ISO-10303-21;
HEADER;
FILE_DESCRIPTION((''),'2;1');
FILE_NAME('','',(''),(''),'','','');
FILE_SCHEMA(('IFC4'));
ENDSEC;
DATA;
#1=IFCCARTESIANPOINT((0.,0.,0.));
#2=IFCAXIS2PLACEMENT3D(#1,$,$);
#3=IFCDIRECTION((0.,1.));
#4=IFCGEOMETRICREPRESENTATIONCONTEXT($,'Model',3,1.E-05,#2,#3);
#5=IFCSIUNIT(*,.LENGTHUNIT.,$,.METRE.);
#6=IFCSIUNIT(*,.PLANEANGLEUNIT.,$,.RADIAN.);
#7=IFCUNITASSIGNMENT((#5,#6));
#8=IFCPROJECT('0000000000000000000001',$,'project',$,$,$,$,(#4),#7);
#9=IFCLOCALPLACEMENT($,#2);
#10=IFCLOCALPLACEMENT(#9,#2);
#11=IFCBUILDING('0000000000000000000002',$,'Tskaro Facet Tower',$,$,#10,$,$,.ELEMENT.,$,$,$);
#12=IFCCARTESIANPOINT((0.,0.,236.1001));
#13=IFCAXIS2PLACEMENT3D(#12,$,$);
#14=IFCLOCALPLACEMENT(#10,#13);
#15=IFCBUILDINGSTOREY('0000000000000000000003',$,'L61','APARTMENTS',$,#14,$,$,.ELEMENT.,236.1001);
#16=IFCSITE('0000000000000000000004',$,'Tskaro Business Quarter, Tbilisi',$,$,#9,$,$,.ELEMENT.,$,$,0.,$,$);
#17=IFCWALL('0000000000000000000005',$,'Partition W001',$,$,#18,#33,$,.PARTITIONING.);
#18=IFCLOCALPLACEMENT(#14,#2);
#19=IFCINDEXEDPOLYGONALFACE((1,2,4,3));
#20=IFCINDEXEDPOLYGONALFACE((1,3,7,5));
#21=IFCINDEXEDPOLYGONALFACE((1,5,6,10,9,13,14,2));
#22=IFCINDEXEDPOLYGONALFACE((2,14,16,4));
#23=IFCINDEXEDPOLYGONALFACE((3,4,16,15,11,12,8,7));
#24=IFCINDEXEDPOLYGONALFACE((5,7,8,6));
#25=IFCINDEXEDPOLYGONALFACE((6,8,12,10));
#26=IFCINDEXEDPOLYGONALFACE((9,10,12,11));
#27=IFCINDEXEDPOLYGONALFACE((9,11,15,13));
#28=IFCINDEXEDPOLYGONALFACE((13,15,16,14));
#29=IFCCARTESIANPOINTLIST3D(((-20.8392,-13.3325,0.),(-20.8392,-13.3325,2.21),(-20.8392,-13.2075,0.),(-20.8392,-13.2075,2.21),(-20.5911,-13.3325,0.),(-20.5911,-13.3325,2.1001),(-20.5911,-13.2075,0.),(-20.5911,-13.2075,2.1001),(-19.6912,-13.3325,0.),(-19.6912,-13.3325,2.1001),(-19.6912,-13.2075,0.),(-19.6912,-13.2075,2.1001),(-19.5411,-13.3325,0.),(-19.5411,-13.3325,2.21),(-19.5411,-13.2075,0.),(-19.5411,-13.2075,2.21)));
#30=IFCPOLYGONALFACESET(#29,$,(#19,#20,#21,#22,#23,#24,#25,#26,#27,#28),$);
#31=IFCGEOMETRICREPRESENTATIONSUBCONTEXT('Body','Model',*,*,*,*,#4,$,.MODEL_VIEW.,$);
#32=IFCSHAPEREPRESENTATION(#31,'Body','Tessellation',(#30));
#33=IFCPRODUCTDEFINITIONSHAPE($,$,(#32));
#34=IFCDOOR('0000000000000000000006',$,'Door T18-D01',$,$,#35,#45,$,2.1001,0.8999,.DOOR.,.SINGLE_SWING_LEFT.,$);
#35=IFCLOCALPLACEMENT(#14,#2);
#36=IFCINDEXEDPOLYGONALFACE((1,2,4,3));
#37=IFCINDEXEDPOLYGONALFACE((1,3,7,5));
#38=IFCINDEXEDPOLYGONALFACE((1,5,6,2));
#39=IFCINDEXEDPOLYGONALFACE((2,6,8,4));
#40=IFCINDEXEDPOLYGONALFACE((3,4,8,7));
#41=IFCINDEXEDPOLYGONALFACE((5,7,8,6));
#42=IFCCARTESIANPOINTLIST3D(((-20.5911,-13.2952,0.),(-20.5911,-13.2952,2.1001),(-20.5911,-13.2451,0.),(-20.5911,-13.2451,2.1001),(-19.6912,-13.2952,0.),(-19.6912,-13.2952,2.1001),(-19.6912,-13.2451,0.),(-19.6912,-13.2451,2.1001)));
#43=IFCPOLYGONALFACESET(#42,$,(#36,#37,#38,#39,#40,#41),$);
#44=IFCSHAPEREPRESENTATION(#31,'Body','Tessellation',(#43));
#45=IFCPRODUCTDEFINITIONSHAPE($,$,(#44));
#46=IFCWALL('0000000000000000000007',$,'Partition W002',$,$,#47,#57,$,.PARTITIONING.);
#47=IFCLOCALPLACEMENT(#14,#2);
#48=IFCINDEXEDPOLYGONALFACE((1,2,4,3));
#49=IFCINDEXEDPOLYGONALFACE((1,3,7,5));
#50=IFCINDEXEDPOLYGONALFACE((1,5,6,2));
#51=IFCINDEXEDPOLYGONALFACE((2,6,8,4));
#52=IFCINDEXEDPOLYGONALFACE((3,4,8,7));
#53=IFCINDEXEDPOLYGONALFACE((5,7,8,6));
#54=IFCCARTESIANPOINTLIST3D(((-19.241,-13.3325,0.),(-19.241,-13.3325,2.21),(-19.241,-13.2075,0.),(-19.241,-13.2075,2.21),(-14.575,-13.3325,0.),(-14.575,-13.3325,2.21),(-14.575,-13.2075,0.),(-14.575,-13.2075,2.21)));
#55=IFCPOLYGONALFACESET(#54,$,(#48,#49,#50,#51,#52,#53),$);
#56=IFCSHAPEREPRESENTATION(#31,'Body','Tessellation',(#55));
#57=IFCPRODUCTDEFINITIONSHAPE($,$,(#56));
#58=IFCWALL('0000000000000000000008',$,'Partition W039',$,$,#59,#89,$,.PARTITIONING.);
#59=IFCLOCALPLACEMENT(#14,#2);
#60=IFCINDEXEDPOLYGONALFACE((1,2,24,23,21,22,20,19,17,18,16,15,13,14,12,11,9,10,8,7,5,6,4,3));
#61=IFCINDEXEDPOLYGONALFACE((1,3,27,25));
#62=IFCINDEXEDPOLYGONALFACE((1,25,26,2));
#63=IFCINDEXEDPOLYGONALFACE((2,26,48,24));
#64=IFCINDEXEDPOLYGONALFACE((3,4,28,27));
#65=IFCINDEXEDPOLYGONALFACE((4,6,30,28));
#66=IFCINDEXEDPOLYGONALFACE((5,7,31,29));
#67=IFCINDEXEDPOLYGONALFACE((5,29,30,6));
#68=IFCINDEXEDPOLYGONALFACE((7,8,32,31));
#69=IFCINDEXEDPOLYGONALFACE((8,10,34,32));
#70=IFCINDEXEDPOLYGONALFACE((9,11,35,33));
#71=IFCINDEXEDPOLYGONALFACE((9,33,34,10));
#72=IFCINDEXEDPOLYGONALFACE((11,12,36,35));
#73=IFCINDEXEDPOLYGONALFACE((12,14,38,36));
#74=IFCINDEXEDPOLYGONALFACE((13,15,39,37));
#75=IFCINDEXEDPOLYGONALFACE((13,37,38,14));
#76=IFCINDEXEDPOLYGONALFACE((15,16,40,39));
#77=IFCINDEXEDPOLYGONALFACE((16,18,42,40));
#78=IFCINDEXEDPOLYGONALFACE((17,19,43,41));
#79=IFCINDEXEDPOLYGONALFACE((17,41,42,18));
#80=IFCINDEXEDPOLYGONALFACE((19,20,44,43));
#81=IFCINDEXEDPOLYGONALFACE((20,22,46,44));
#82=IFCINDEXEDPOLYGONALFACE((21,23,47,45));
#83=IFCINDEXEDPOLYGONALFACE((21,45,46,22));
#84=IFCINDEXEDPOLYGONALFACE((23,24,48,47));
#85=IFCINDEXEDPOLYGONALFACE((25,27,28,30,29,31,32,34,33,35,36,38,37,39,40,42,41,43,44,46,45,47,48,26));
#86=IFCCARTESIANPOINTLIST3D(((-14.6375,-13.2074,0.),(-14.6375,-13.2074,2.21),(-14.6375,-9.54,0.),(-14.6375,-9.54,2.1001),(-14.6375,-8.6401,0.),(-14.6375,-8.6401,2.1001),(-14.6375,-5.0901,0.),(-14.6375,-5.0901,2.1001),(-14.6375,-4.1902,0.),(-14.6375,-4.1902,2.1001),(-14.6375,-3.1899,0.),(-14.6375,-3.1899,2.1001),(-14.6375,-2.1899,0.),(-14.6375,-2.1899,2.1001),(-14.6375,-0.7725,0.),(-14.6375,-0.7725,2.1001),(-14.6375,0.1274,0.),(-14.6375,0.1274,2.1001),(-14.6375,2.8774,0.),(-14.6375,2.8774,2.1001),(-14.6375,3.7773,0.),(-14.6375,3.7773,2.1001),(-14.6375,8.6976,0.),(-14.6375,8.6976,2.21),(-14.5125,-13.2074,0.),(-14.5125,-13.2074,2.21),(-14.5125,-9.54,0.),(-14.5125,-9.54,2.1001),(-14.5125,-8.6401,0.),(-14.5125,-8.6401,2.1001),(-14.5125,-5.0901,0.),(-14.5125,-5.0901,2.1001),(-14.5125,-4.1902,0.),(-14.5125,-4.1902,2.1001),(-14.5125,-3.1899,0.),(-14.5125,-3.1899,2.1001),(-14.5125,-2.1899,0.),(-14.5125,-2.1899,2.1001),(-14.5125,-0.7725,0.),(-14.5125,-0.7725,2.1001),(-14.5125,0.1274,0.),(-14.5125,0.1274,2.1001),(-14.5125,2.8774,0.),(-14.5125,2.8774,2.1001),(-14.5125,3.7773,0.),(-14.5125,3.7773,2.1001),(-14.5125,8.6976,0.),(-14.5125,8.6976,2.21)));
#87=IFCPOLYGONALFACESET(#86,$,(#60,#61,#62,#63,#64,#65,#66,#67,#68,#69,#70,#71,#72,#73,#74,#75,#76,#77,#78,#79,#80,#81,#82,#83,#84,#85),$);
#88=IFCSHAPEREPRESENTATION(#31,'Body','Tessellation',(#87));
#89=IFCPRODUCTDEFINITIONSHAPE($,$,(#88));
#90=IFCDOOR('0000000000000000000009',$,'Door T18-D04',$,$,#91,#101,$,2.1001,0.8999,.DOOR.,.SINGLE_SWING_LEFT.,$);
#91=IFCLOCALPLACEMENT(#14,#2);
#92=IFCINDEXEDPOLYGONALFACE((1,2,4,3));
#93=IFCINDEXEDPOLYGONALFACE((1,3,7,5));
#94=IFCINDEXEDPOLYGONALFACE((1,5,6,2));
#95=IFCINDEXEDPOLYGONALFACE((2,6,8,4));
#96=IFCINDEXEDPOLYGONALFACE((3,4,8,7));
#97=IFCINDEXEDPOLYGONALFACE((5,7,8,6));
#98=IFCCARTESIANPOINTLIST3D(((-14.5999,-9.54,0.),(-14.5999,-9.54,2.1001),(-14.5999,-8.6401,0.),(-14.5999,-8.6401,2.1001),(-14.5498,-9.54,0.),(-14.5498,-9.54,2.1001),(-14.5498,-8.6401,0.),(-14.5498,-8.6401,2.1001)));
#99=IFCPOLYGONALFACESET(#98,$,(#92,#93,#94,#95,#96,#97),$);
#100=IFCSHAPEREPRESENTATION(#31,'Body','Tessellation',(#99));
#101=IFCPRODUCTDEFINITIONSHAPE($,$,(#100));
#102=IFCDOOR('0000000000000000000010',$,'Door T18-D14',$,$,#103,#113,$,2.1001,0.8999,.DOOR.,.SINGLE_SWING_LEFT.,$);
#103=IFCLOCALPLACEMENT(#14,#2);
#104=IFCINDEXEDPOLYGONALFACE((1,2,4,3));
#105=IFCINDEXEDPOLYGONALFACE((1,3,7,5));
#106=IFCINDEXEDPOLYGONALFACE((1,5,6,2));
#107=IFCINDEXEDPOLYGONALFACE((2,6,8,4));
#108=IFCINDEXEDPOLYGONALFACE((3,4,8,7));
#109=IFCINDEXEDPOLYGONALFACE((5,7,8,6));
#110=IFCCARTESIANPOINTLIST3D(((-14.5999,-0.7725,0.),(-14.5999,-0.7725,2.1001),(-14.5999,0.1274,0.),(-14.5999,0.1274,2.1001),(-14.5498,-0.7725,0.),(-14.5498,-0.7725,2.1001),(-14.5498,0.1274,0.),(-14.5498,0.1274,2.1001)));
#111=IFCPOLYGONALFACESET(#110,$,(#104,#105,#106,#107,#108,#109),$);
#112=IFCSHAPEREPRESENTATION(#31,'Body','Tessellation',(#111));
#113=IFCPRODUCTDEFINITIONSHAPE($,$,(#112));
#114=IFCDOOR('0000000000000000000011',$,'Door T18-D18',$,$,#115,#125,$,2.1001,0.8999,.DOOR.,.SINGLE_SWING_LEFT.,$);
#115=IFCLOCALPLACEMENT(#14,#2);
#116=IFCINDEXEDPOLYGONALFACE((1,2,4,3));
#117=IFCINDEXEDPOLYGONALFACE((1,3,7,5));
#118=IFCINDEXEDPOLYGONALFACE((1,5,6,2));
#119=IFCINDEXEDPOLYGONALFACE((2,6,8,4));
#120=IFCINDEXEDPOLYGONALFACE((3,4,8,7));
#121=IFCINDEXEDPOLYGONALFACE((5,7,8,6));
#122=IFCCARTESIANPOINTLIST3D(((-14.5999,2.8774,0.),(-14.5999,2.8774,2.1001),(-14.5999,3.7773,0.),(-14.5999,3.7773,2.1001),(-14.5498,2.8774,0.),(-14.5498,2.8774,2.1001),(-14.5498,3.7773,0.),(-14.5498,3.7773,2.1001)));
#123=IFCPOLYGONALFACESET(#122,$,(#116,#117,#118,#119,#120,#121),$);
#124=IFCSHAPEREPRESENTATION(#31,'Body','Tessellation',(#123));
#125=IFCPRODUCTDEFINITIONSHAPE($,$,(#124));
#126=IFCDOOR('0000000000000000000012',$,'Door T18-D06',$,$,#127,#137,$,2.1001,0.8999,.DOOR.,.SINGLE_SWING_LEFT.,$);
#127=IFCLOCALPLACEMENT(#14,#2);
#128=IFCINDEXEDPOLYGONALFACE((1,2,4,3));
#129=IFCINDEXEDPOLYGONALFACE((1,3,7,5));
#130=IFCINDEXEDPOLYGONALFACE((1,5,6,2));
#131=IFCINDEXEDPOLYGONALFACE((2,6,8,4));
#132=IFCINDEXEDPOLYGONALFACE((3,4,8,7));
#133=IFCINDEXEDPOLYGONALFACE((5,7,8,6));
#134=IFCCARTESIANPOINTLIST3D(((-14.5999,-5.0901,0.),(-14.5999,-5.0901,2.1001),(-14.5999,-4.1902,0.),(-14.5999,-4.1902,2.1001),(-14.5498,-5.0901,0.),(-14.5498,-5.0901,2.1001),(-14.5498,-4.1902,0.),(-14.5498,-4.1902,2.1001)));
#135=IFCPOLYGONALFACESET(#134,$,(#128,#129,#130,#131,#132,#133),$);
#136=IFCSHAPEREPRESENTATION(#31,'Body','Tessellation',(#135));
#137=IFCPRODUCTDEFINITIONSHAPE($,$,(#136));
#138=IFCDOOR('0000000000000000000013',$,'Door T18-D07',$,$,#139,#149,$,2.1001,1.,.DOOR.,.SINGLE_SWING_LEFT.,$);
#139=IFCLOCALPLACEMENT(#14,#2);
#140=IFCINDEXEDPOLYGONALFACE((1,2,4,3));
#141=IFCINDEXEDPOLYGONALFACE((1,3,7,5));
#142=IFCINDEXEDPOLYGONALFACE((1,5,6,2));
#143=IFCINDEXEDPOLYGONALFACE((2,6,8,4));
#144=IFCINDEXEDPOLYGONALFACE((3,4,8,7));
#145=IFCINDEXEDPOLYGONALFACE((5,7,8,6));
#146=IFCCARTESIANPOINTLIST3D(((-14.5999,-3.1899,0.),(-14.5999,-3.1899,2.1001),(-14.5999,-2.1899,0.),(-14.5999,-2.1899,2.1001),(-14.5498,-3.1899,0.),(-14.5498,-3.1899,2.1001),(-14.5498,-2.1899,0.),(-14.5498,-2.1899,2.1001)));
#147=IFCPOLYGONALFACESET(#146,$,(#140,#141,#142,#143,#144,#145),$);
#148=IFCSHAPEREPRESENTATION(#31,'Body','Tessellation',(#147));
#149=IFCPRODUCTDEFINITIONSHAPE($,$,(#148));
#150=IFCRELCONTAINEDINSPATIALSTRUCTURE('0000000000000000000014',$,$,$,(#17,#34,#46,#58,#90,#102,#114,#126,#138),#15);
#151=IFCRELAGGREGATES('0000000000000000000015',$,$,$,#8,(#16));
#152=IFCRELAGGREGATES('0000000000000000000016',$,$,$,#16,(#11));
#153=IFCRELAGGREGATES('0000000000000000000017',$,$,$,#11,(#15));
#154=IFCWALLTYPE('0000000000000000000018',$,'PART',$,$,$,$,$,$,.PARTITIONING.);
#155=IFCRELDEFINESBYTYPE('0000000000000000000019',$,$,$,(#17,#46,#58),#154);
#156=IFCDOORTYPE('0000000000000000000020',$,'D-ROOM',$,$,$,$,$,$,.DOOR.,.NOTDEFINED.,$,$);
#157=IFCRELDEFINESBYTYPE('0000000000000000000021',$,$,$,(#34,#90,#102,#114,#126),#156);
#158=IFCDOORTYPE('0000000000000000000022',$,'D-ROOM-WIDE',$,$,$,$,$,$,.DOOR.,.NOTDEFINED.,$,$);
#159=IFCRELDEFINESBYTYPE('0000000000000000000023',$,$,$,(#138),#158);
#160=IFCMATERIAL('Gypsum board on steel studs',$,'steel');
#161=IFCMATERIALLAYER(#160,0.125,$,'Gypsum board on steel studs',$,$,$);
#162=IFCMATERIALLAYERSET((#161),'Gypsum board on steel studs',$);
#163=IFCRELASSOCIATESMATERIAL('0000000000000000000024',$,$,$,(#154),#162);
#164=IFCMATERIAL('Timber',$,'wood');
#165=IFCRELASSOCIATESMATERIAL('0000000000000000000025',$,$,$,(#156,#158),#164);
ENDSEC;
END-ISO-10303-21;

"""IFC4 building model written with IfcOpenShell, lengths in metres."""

from ifc_helpers import new_model, si_unit, direction, frame, frame_2d, origin, place, context, subcontext, project, spatial, rectangle, extrude, material, layer, layer_set, type_object, element, fill, save


model = new_model("IFC4")

# Units and contexts
model_context = context("Model", 3, precision=1e-05, world=origin(), true_north=direction((0.0, 1.0)))
body_context = subcontext(model_context, "Body", "Model", "MODEL_VIEW")
ifc_project = project(units=[si_unit("LENGTHUNIT", "METRE"), si_unit("PLANEANGLEUNIT", "RADIAN")], contexts=[model_context])

# Site, building, storey
site_placement = place(None, origin())
site = spatial("IfcSite", under=ifc_project, at=site_placement, Name="Tskaro Business Quarter, Tbilisi", CompositionType="ELEMENT", RefElevation=0.0)
building_placement = place(site_placement, origin())
building = spatial("IfcBuilding", under=site, at=building_placement, Name="Tskaro Facet Tower", CompositionType="ELEMENT")
storey_placement = place(building_placement, frame((0.0, 0.0, 236.1001)))
storey = spatial("IfcBuildingStorey", under=building, at=storey_placement, Name="L61", Description="APARTMENTS", CompositionType="ELEMENT", Elevation=236.1001)

# Wall, opening, door
ifc_material_1 = material(Name="Gypsum board on steel studs", Category="steel")
ifc_layer_1 = layer(ifc_material_1, 0.125, Name="Gypsum board on steel studs")
ifc_layer_set_1 = layer_set([ifc_layer_1], Name="Gypsum board on steel studs")
wall_type = type_object("IfcWallType", Name="PART", PredefinedType="PARTITIONING", material=ifc_layer_set_1)
wall_1_placement = place(storey_placement, frame((-20.8391, -13.27, 0.0), z_axis=(0.0, 0.0, 1.0), x_axis=(1.0, 0.0, 0.0)))
wall_1 = element("IfcWall", 1, at=wall_1_placement, inside=storey, type_object=wall_type, Name="Partition W001", PredefinedType="PARTITIONING", context=body_context, shape_type="SweptSolid", body=[
    extrude(rectangle(XDim=1.2981, YDim=0.125, at=frame_2d((0.6489, 0.0))), origin(), (0.0, 0.0, 1.0), 2.21),
])
opening_1_placement = place(wall_1_placement, frame((0.248, 0.0, 0.0)))
opening_1 = element("IfcOpeningElement", 2, at=opening_1_placement, cuts=wall_1, PredefinedType="OPENING", context=body_context, shape_type="SweptSolid", body=[
    extrude(rectangle(XDim=0.8999, YDim=2.1001, at=frame_2d((0.45, 1.05))), frame((0.0, 0.0725, 0.0), z_axis=(0.0, -1.0, 0.0), x_axis=(1.0, 0.0, 0.0)), (0.0, 0.0, 1.0), 0.145),
])
ifc_material_2 = material(Name="Timber", Category="wood")
door_type_1 = type_object("IfcDoorType", Name="D-ROOM", OperationType="NOTDEFINED", PredefinedType="DOOR", material=ifc_material_2)
door_1_placement = place(opening_1_placement, origin())
door_1 = element("IfcDoor", 3, at=door_1_placement, inside=storey, type_object=door_type_1, Name="Door T18-D01", OperationType="SINGLE_SWING_LEFT", OverallHeight=2.1001, OverallWidth=0.8999, PredefinedType="DOOR", context=body_context, shape_type="SweptSolid", body=[
    extrude(rectangle(XDim=0.8999, YDim=2.1001, at=frame_2d((0.45, 1.05))), frame((0.0, 0.0249, 0.0), z_axis=(0.0, -1.0, 0.0), x_axis=(1.0, 0.0, 0.0)), (0.0, 0.0, 1.0), 0.05),
])
fill(opening_1, door_1)

# Wall
wall_2_placement = place(storey_placement, frame((-19.241, -13.27, 0.0), z_axis=(0.0, 0.0, 1.0), x_axis=(1.0, 0.0, 0.0)))
element("IfcWall", 4, at=wall_2_placement, inside=storey, type_object=wall_type, Name="Partition W002", PredefinedType="PARTITIONING", context=body_context, shape_type="SweptSolid", body=[
    extrude(rectangle(XDim=4.666, YDim=0.125, at=frame_2d((2.333, 0.0))), origin(), (0.0, 0.0, 1.0), 2.21),
])

# Wall, openings, doors
wall_3_placement = place(storey_placement, frame((-14.575, -13.2075, 0.0), z_axis=(0.0, 0.0, 1.0), x_axis=(0.0, 1.0, 0.0)))
wall_3 = element("IfcWall", 5, at=wall_3_placement, inside=storey, type_object=wall_type, Name="Partition W039", PredefinedType="PARTITIONING", context=body_context, shape_type="SweptSolid", body=[
    extrude(rectangle(XDim=21.905, YDim=0.125, at=frame_2d((10.9526, 0.0))), origin(), (0.0, 0.0, 1.0), 2.21),
])
opening_2_placement = place(wall_3_placement, frame((3.6675, 0.0, 0.0)))
opening_2 = element("IfcOpeningElement", 6, at=opening_2_placement, cuts=wall_3, PredefinedType="OPENING", context=body_context, shape_type="SweptSolid", body=[
    extrude(rectangle(XDim=0.8999, YDim=2.1001, at=frame_2d((0.45, 1.05))), frame((0.0, 0.0725, 0.0), z_axis=(0.0, -1.0, 0.0), x_axis=(1.0, 0.0, 0.0)), (0.0, 0.0, 1.0), 0.145),
])
opening_3_placement = place(wall_3_placement, frame((12.4351, 0.0, 0.0)))
opening_3 = element("IfcOpeningElement", 7, at=opening_3_placement, cuts=wall_3, PredefinedType="OPENING", context=body_context, shape_type="SweptSolid", body=[
    extrude(rectangle(XDim=0.8999, YDim=2.1001, at=frame_2d((0.45, 1.05))), frame((0.0, 0.0725, 0.0), z_axis=(0.0, -1.0, 0.0), x_axis=(1.0, 0.0, 0.0)), (0.0, 0.0, 1.0), 0.145),
])
opening_4_placement = place(wall_3_placement, frame((16.085, 0.0, 0.0)))
opening_4 = element("IfcOpeningElement", 8, at=opening_4_placement, cuts=wall_3, PredefinedType="OPENING", context=body_context, shape_type="SweptSolid", body=[
    extrude(rectangle(XDim=0.8999, YDim=2.1001, at=frame_2d((0.45, 1.05))), frame((0.0, 0.0725, 0.0), z_axis=(0.0, -1.0, 0.0), x_axis=(1.0, 0.0, 0.0)), (0.0, 0.0, 1.0), 0.145),
])
opening_5_placement = place(wall_3_placement, frame((10.0176, 0.0, 0.0)))
opening_5 = element("IfcOpeningElement", 9, at=opening_5_placement, cuts=wall_3, PredefinedType="OPENING", context=body_context, shape_type="SweptSolid", body=[
    extrude(rectangle(XDim=1.0, YDim=2.1001, at=frame_2d((0.5, 1.05))), frame((0.0, 0.0725, 0.0), z_axis=(0.0, -1.0, 0.0), x_axis=(1.0, 0.0, 0.0)), (0.0, 0.0, 1.0), 0.145),
])
opening_6_placement = place(wall_3_placement, frame((8.1174, 0.0, 0.0)))
opening_6 = element("IfcOpeningElement", 10, at=opening_6_placement, cuts=wall_3, PredefinedType="OPENING", context=body_context, shape_type="SweptSolid", body=[
    extrude(rectangle(XDim=0.8999, YDim=2.1001, at=frame_2d((0.45, 1.05))), frame((0.0, 0.0725, 0.0), z_axis=(0.0, -1.0, 0.0), x_axis=(1.0, 0.0, 0.0)), (0.0, 0.0, 1.0), 0.145),
])
door_2_placement = place(opening_2_placement, origin())
door_2 = element("IfcDoor", 11, at=door_2_placement, inside=storey, type_object=door_type_1, Name="Door T18-D04", OperationType="SINGLE_SWING_LEFT", OverallHeight=2.1001, OverallWidth=0.8999, PredefinedType="DOOR", context=body_context, shape_type="SweptSolid", body=[
    extrude(rectangle(XDim=0.8999, YDim=2.1001, at=frame_2d((0.45, 1.05))), frame((0.0, 0.0249, 0.0), z_axis=(0.0, -1.0, 0.0), x_axis=(1.0, 0.0, 0.0)), (0.0, 0.0, 1.0), 0.05),
])
fill(opening_2, door_2)
door_3_placement = place(opening_3_placement, origin())
door_3 = element("IfcDoor", 12, at=door_3_placement, inside=storey, type_object=door_type_1, Name="Door T18-D14", OperationType="SINGLE_SWING_LEFT", OverallHeight=2.1001, OverallWidth=0.8999, PredefinedType="DOOR", context=body_context, shape_type="SweptSolid", body=[
    extrude(rectangle(XDim=0.8999, YDim=2.1001, at=frame_2d((0.45, 1.05))), frame((0.0, 0.0249, 0.0), z_axis=(0.0, -1.0, 0.0), x_axis=(1.0, 0.0, 0.0)), (0.0, 0.0, 1.0), 0.05),
])
fill(opening_3, door_3)
door_4_placement = place(opening_4_placement, origin())
door_4 = element("IfcDoor", 13, at=door_4_placement, inside=storey, type_object=door_type_1, Name="Door T18-D18", OperationType="SINGLE_SWING_LEFT", OverallHeight=2.1001, OverallWidth=0.8999, PredefinedType="DOOR", context=body_context, shape_type="SweptSolid", body=[
    extrude(rectangle(XDim=0.8999, YDim=2.1001, at=frame_2d((0.45, 1.05))), frame((0.0, 0.0249, 0.0), z_axis=(0.0, -1.0, 0.0), x_axis=(1.0, 0.0, 0.0)), (0.0, 0.0, 1.0), 0.05),
])
fill(opening_4, door_4)
door_5_placement = place(opening_6_placement, origin())
door_5 = element("IfcDoor", 14, at=door_5_placement, inside=storey, type_object=door_type_1, Name="Door T18-D06", OperationType="SINGLE_SWING_LEFT", OverallHeight=2.1001, OverallWidth=0.8999, PredefinedType="DOOR", context=body_context, shape_type="SweptSolid", body=[
    extrude(rectangle(XDim=0.8999, YDim=2.1001, at=frame_2d((0.45, 1.05))), frame((0.0, 0.0249, 0.0), z_axis=(0.0, -1.0, 0.0), x_axis=(1.0, 0.0, 0.0)), (0.0, 0.0, 1.0), 0.05),
])
fill(opening_6, door_5)
door_type_2 = type_object("IfcDoorType", Name="D-ROOM-WIDE", OperationType="NOTDEFINED", PredefinedType="DOOR", material=ifc_material_2)
door_6_placement = place(opening_5_placement, origin())
door_6 = element("IfcDoor", 15, at=door_6_placement, inside=storey, type_object=door_type_2, Name="Door T18-D07", OperationType="SINGLE_SWING_LEFT", OverallHeight=2.1001, OverallWidth=1.0, PredefinedType="DOOR", context=body_context, shape_type="SweptSolid", body=[
    extrude(rectangle(XDim=1.0, YDim=2.1001, at=frame_2d((0.5, 1.05))), frame((0.0, 0.0249, 0.0), z_axis=(0.0, -1.0, 0.0), x_axis=(1.0, 0.0, 0.0)), (0.0, 0.0, 1.0), 0.05),
])
fill(opening_5, door_6)

save(model, "model.ifc")
